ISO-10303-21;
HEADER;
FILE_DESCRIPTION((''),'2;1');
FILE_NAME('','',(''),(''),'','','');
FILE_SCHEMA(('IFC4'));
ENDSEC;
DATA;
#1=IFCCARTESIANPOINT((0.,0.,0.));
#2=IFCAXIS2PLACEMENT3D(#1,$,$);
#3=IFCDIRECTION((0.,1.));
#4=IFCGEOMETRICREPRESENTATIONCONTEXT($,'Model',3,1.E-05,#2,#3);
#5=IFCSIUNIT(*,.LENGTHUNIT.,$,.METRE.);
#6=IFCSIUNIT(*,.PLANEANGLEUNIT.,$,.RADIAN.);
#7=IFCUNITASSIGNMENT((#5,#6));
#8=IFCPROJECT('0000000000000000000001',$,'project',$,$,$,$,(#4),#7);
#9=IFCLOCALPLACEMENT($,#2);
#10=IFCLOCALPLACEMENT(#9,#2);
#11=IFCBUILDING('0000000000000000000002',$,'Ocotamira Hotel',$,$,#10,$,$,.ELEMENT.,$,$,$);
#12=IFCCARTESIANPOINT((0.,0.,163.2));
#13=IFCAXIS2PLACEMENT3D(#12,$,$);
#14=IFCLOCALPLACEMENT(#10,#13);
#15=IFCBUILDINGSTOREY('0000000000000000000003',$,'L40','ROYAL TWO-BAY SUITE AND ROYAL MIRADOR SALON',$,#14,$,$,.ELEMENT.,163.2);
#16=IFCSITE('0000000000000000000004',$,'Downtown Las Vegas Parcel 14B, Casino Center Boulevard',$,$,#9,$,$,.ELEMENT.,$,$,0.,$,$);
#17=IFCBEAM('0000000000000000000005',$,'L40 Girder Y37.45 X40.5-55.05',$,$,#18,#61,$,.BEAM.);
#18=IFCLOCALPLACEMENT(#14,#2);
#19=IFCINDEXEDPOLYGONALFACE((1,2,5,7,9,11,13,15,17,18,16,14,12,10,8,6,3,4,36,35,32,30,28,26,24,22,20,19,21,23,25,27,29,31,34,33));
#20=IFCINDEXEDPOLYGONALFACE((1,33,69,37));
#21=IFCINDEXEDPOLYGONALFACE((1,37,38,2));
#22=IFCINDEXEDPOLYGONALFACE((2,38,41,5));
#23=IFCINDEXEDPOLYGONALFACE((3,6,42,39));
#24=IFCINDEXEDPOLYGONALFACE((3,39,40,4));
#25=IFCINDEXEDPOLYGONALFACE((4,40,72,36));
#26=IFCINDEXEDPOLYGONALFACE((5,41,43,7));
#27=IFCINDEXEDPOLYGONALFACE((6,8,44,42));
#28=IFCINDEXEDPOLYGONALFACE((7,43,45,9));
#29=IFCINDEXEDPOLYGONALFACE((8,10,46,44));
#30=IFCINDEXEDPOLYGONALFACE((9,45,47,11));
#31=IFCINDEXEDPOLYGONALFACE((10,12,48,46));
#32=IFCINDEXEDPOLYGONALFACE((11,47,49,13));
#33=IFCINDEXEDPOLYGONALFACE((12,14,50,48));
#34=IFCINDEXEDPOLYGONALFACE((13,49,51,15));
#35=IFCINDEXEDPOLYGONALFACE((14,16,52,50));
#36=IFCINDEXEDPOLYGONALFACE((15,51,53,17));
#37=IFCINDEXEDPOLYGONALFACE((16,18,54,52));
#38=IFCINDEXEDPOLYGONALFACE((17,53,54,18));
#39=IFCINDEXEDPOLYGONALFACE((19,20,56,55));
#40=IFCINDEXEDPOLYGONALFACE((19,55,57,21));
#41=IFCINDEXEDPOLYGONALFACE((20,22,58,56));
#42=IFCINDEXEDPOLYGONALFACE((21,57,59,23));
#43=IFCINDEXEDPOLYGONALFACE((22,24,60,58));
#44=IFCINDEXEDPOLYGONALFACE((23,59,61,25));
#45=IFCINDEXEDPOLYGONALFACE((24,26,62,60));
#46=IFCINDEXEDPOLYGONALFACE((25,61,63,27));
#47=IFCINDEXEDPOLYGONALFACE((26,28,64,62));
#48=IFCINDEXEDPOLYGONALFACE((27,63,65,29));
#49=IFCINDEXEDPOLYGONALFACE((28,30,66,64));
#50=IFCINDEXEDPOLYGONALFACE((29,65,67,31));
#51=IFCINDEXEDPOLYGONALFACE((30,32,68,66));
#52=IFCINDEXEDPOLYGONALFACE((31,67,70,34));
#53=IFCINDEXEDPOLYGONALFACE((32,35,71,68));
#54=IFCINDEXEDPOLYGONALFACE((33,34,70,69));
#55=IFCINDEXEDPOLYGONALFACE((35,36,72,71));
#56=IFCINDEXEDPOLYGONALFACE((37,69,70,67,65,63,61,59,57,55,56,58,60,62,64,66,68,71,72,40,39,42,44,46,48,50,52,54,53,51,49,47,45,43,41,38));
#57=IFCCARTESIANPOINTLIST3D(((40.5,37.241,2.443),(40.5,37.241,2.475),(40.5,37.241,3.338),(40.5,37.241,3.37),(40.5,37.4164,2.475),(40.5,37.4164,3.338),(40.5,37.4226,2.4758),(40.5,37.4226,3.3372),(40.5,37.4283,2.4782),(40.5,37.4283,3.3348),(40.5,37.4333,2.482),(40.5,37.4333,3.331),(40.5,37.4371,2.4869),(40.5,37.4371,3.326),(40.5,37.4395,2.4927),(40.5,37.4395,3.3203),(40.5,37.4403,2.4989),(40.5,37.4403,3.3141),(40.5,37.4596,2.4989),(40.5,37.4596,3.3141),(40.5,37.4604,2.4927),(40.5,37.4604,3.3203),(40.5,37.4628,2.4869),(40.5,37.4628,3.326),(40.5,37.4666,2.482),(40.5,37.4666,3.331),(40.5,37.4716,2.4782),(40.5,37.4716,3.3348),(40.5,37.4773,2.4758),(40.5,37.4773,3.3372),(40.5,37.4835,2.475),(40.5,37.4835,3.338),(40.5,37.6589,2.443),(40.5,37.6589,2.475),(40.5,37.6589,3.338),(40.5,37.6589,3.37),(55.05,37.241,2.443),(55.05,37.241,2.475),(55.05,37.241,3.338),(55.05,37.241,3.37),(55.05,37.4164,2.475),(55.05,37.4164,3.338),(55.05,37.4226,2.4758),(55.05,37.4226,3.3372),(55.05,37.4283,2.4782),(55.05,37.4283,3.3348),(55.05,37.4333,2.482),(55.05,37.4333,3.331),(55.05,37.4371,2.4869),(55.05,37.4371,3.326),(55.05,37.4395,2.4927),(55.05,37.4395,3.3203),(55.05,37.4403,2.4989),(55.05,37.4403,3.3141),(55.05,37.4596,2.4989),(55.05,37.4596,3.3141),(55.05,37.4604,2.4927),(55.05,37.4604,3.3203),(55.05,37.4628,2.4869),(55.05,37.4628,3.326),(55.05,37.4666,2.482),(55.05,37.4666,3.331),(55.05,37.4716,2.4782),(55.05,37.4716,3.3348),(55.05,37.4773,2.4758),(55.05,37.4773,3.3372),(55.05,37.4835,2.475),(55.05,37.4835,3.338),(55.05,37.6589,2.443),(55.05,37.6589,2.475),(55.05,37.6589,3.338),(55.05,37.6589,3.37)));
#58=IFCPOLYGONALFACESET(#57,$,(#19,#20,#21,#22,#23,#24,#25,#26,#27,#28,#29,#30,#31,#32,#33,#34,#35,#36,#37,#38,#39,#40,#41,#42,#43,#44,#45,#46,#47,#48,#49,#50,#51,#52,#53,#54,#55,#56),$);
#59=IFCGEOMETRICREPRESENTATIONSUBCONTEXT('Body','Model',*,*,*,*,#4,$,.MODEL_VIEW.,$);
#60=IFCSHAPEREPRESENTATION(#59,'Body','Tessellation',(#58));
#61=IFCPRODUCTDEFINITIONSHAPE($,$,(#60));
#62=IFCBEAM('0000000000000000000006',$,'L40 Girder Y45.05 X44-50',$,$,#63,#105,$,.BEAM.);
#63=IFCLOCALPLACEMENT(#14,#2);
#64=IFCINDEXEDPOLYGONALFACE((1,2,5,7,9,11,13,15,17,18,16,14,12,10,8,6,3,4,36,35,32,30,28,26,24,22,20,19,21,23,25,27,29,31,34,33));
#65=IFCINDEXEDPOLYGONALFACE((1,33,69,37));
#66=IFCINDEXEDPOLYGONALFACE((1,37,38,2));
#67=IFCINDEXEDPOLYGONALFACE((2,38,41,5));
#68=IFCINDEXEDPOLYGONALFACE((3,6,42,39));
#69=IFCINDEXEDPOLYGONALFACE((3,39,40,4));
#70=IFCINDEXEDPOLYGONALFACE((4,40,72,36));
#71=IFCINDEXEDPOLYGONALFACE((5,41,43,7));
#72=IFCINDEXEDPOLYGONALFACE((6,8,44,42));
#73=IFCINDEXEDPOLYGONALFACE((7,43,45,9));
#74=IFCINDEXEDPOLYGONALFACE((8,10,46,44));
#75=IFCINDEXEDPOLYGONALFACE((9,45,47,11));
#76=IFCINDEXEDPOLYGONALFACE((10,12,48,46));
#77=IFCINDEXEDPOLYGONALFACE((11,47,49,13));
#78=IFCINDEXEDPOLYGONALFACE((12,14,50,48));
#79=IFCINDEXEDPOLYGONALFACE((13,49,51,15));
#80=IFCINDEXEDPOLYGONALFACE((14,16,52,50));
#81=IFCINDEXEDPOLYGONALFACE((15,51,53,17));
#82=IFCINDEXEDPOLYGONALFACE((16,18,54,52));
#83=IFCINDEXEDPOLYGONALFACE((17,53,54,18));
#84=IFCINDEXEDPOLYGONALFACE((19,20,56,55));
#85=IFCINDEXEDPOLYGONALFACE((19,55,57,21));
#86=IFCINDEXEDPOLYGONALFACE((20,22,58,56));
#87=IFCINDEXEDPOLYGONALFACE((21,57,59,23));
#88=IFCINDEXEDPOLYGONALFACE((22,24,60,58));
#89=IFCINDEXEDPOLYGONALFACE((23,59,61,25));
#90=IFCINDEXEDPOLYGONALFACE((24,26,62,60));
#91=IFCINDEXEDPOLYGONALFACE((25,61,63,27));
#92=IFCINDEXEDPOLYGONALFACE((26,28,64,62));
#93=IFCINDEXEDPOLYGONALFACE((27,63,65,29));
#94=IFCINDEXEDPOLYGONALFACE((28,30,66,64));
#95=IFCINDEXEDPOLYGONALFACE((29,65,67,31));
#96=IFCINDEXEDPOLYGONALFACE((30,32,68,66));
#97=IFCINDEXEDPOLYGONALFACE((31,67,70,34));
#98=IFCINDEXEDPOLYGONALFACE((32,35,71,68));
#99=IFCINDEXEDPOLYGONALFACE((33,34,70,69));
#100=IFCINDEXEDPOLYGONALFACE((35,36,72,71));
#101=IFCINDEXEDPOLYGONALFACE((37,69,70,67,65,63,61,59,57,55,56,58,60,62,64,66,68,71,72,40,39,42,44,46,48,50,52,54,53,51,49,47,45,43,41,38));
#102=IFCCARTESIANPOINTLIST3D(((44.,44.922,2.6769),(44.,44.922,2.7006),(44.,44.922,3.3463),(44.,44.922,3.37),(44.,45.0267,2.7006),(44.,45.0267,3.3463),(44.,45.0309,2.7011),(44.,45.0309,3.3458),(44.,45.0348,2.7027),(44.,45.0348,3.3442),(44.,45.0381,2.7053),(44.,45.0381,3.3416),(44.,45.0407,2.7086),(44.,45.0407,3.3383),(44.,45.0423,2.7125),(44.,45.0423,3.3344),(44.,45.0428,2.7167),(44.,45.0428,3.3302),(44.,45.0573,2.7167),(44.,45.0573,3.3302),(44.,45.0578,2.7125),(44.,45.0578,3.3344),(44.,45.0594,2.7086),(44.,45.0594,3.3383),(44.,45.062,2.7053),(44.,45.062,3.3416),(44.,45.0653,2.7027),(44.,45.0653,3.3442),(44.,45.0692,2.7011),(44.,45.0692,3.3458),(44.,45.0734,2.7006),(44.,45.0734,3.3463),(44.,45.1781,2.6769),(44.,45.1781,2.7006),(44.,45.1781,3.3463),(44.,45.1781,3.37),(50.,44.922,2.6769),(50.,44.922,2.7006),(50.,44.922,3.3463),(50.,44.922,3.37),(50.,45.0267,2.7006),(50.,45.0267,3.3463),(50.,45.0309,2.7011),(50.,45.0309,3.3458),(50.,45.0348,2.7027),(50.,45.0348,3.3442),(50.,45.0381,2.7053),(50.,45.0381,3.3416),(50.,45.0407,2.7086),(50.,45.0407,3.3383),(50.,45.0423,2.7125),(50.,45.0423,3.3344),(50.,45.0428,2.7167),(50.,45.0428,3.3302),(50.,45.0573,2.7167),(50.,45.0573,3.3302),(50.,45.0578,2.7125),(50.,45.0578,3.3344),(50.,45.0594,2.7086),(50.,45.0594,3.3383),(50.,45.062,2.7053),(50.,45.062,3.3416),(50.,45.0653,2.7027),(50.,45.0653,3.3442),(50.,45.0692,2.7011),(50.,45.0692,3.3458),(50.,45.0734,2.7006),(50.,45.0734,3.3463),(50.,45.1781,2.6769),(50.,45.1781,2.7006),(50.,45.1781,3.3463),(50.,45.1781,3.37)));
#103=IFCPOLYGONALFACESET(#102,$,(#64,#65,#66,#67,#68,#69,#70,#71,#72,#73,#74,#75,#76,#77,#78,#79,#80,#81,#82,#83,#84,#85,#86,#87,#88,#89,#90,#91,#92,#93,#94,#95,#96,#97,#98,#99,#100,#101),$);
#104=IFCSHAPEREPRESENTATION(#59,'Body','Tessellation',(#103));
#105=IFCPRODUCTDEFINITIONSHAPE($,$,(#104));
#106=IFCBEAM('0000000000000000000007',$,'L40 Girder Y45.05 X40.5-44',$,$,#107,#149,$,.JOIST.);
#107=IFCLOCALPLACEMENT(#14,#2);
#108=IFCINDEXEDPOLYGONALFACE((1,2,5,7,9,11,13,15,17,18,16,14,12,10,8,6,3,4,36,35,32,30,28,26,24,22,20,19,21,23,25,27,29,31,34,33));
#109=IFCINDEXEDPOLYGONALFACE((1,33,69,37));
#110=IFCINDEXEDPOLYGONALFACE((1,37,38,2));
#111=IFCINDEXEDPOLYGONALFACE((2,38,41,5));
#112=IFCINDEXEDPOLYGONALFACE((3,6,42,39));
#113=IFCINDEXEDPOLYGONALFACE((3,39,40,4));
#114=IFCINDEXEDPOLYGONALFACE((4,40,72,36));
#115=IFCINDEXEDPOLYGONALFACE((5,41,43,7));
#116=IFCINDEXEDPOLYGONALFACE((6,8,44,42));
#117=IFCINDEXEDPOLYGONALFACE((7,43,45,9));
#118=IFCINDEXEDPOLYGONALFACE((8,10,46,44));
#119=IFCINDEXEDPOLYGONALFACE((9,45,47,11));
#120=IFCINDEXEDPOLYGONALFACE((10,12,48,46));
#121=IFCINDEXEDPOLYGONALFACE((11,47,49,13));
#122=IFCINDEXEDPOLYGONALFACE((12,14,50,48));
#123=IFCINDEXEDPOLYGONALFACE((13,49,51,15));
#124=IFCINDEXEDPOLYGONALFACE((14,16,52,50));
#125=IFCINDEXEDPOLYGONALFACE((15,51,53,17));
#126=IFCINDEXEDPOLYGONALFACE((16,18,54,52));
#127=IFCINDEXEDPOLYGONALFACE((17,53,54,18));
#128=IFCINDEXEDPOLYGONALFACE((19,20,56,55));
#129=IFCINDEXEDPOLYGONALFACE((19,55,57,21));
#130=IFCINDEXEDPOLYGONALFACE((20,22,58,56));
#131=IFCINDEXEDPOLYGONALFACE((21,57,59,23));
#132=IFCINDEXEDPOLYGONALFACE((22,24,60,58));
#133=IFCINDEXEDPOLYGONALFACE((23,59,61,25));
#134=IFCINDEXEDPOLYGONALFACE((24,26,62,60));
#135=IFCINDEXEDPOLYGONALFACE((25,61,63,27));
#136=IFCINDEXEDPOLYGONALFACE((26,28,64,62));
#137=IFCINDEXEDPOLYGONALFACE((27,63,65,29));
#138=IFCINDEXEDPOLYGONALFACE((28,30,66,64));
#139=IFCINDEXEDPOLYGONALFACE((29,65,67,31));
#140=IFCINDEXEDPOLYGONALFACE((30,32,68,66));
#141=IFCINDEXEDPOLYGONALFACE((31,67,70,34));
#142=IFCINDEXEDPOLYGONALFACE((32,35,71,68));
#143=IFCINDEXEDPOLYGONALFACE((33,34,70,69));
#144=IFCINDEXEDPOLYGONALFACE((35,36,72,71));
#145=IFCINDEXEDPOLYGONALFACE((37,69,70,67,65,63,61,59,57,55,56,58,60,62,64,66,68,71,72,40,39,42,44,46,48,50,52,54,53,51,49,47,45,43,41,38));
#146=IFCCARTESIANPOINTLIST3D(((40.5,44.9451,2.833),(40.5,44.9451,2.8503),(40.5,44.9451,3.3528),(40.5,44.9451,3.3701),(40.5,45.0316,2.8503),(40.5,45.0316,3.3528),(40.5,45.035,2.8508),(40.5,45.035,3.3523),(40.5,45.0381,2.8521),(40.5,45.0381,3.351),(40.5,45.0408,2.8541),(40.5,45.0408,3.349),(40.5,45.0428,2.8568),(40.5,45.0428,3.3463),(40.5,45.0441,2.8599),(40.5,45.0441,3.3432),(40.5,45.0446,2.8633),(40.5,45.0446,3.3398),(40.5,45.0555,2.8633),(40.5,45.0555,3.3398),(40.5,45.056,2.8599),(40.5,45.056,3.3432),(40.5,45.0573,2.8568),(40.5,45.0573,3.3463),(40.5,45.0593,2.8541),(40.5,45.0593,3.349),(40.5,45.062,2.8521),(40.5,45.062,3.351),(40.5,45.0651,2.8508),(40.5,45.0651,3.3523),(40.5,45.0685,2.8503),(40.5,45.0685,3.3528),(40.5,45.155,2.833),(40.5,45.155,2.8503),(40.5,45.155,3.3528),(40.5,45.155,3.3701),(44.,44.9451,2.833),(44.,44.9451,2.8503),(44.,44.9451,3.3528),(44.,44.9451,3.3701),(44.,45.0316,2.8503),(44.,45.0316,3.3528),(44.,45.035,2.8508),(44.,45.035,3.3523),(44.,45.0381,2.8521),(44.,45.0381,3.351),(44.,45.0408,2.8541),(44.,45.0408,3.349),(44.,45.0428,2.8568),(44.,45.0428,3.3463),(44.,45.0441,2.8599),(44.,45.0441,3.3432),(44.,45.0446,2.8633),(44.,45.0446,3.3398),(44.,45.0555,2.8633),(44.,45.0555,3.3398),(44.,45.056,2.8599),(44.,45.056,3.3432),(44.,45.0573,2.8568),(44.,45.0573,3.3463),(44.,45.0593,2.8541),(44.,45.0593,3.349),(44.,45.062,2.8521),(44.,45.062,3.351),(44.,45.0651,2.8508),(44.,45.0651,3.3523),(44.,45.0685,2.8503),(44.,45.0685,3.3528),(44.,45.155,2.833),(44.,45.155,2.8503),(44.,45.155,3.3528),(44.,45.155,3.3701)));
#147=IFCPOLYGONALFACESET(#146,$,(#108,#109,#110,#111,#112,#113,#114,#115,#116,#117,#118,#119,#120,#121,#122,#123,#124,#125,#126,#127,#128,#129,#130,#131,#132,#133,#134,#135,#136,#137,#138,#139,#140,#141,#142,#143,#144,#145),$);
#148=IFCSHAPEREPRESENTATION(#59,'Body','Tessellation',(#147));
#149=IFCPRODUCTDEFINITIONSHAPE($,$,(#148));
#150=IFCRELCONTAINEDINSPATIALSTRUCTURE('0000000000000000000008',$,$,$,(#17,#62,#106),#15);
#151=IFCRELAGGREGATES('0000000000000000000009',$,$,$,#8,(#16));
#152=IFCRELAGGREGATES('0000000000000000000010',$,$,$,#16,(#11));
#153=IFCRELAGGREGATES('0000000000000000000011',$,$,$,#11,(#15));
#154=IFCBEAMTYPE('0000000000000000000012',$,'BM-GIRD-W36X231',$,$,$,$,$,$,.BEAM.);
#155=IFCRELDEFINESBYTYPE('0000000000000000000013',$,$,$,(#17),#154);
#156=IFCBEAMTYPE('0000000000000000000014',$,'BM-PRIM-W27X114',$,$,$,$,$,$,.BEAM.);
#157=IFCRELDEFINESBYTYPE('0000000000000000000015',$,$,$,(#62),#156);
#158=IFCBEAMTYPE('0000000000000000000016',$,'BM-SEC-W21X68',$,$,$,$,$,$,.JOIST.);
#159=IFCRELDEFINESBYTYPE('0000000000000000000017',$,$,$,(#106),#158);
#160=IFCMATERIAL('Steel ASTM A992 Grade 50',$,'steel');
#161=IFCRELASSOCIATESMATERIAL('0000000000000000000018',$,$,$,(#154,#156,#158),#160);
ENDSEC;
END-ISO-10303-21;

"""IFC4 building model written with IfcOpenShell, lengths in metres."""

from ifc_helpers import new_model, si_unit, direction, frame, origin, origin_2d, place, context, subcontext, project, spatial, i_section, extrude, source, transform, mapped, material, material_profile, profile_set, type_object, element, save


model = new_model("IFC4")

# Units and contexts
model_context = context("Model", 3, precision=1e-05, world=origin(), true_north=direction((0.0, 1.0)))
body_context = subcontext(model_context, "Body", "Model", "MODEL_VIEW")
ifc_project = project(units=[si_unit("LENGTHUNIT", "METRE"), si_unit("PLANEANGLEUNIT", "RADIAN")], contexts=[model_context])

# Site, building, storey
site_placement = place(None, origin())
site = spatial("IfcSite", under=ifc_project, at=site_placement, Name="Downtown Las Vegas Parcel 14B, Casino Center Boulevard", CompositionType="ELEMENT", RefElevation=0.0)
building_placement = place(site_placement, origin())
building = spatial("IfcBuilding", under=site, at=building_placement, Name="Ocotamira Hotel", CompositionType="ELEMENT")
storey_placement = place(building_placement, frame((0.0, 0.0, 163.2)))
storey = spatial("IfcBuildingStorey", under=building, at=storey_placement, Name="L40", Description="ROYAL TWO-BAY SUITE AND ROYAL MIRADOR SALON", CompositionType="ELEMENT", Elevation=163.2)

# Beams
ifc_material_1 = material(Name="Steel ASTM A992 Grade 50", Category="steel")
ifc_material_profile_1 = material_profile(ifc_material_1, i_section(OverallWidth=0.418, OverallDepth=0.927, WebThickness=0.0193, FlangeThickness=0.032, FilletRadius=0.0239, at=origin_2d()), Name="W36X231")
ifc_profile_set_1 = profile_set([ifc_material_profile_1], Name="Steel ASTM A992 Grade 50")
beam_type_1 = type_object("IfcBeamType", Name="BM-GIRD-W36X231", PredefinedType="BEAM", material=ifc_profile_set_1)
shared_shape_1 = source(origin(), body_context, "Body", "SweptSolid", [
    extrude(i_section(OverallWidth=0.418, OverallDepth=0.927, WebThickness=0.0193, FlangeThickness=0.032, FilletRadius=0.0239, at=origin_2d()), origin(), (0.0, 0.0, 1.0), 14.55),
])
beam_1_placement = place(storey_placement, frame((40.5, 37.45, 2.9065), z_axis=(1.0, 0.0, 0.0), x_axis=(0.0, 1.0, 0.0)))
element("IfcBeam", 1, at=beam_1_placement, inside=storey, type_object=beam_type_1, Name="L40 Girder Y37.45 X40.5-55.05", PredefinedType="BEAM", context=body_context, shape_type="MappedRepresentation", body=[
    mapped(shared_shape_1, transform((0.0, 0.0, 0.0), scale=1.0)),
])
ifc_material_profile_2 = material_profile(ifc_material_1, i_section(OverallWidth=0.2561, OverallDepth=0.6931, WebThickness=0.0144, FlangeThickness=0.0237, FilletRadius=0.0161, at=origin_2d()), Name="W27X114")
ifc_profile_set_2 = profile_set([ifc_material_profile_2], Name="Steel ASTM A992 Grade 50")
beam_type_2 = type_object("IfcBeamType", Name="BM-PRIM-W27X114", PredefinedType="BEAM", material=ifc_profile_set_2)
shared_shape_2 = source(origin(), body_context, "Body", "SweptSolid", [
    extrude(i_section(OverallWidth=0.2561, OverallDepth=0.6931, WebThickness=0.0144, FlangeThickness=0.0237, FilletRadius=0.0161, at=origin_2d()), origin(), (0.0, 0.0, 1.0), 6.0),
])
beam_2_placement = place(storey_placement, frame((44.0, 45.05, 3.0234), z_axis=(1.0, 0.0, 0.0), x_axis=(0.0, 1.0, 0.0)))
element("IfcBeam", 2, at=beam_2_placement, inside=storey, type_object=beam_type_2, Name="L40 Girder Y45.05 X44-50", PredefinedType="BEAM", context=body_context, shape_type="MappedRepresentation", body=[
    mapped(shared_shape_2, transform((0.0, 0.0, 0.0), scale=1.0)),
])
ifc_material_profile_3 = material_profile(ifc_material_1, i_section(OverallWidth=0.21, OverallDepth=0.5371, WebThickness=0.011, FlangeThickness=0.0173, FilletRadius=0.0129, at=origin_2d()), Name="W21X68")
ifc_profile_set_3 = profile_set([ifc_material_profile_3], Name="Steel ASTM A992 Grade 50")
beam_type_3 = type_object("IfcBeamType", Name="BM-SEC-W21X68", PredefinedType="JOIST", material=ifc_profile_set_3)
shared_shape_3 = source(origin(), body_context, "Body", "SweptSolid", [
    extrude(i_section(OverallWidth=0.21, OverallDepth=0.5371, WebThickness=0.011, FlangeThickness=0.0173, FilletRadius=0.0129, at=origin_2d()), origin(), (0.0, 0.0, 1.0), 3.5),
])
beam_3_placement = place(storey_placement, frame((40.5, 45.05, 3.1016), z_axis=(1.0, 0.0, 0.0), x_axis=(0.0, 1.0, 0.0)))
element("IfcBeam", 3, at=beam_3_placement, inside=storey, type_object=beam_type_3, Name="L40 Girder Y45.05 X40.5-44", PredefinedType="JOIST", context=body_context, shape_type="MappedRepresentation", body=[
    mapped(shared_shape_3, transform((0.0, 0.0, 0.0), scale=1.0)),
])

save(model, "model.ifc")
